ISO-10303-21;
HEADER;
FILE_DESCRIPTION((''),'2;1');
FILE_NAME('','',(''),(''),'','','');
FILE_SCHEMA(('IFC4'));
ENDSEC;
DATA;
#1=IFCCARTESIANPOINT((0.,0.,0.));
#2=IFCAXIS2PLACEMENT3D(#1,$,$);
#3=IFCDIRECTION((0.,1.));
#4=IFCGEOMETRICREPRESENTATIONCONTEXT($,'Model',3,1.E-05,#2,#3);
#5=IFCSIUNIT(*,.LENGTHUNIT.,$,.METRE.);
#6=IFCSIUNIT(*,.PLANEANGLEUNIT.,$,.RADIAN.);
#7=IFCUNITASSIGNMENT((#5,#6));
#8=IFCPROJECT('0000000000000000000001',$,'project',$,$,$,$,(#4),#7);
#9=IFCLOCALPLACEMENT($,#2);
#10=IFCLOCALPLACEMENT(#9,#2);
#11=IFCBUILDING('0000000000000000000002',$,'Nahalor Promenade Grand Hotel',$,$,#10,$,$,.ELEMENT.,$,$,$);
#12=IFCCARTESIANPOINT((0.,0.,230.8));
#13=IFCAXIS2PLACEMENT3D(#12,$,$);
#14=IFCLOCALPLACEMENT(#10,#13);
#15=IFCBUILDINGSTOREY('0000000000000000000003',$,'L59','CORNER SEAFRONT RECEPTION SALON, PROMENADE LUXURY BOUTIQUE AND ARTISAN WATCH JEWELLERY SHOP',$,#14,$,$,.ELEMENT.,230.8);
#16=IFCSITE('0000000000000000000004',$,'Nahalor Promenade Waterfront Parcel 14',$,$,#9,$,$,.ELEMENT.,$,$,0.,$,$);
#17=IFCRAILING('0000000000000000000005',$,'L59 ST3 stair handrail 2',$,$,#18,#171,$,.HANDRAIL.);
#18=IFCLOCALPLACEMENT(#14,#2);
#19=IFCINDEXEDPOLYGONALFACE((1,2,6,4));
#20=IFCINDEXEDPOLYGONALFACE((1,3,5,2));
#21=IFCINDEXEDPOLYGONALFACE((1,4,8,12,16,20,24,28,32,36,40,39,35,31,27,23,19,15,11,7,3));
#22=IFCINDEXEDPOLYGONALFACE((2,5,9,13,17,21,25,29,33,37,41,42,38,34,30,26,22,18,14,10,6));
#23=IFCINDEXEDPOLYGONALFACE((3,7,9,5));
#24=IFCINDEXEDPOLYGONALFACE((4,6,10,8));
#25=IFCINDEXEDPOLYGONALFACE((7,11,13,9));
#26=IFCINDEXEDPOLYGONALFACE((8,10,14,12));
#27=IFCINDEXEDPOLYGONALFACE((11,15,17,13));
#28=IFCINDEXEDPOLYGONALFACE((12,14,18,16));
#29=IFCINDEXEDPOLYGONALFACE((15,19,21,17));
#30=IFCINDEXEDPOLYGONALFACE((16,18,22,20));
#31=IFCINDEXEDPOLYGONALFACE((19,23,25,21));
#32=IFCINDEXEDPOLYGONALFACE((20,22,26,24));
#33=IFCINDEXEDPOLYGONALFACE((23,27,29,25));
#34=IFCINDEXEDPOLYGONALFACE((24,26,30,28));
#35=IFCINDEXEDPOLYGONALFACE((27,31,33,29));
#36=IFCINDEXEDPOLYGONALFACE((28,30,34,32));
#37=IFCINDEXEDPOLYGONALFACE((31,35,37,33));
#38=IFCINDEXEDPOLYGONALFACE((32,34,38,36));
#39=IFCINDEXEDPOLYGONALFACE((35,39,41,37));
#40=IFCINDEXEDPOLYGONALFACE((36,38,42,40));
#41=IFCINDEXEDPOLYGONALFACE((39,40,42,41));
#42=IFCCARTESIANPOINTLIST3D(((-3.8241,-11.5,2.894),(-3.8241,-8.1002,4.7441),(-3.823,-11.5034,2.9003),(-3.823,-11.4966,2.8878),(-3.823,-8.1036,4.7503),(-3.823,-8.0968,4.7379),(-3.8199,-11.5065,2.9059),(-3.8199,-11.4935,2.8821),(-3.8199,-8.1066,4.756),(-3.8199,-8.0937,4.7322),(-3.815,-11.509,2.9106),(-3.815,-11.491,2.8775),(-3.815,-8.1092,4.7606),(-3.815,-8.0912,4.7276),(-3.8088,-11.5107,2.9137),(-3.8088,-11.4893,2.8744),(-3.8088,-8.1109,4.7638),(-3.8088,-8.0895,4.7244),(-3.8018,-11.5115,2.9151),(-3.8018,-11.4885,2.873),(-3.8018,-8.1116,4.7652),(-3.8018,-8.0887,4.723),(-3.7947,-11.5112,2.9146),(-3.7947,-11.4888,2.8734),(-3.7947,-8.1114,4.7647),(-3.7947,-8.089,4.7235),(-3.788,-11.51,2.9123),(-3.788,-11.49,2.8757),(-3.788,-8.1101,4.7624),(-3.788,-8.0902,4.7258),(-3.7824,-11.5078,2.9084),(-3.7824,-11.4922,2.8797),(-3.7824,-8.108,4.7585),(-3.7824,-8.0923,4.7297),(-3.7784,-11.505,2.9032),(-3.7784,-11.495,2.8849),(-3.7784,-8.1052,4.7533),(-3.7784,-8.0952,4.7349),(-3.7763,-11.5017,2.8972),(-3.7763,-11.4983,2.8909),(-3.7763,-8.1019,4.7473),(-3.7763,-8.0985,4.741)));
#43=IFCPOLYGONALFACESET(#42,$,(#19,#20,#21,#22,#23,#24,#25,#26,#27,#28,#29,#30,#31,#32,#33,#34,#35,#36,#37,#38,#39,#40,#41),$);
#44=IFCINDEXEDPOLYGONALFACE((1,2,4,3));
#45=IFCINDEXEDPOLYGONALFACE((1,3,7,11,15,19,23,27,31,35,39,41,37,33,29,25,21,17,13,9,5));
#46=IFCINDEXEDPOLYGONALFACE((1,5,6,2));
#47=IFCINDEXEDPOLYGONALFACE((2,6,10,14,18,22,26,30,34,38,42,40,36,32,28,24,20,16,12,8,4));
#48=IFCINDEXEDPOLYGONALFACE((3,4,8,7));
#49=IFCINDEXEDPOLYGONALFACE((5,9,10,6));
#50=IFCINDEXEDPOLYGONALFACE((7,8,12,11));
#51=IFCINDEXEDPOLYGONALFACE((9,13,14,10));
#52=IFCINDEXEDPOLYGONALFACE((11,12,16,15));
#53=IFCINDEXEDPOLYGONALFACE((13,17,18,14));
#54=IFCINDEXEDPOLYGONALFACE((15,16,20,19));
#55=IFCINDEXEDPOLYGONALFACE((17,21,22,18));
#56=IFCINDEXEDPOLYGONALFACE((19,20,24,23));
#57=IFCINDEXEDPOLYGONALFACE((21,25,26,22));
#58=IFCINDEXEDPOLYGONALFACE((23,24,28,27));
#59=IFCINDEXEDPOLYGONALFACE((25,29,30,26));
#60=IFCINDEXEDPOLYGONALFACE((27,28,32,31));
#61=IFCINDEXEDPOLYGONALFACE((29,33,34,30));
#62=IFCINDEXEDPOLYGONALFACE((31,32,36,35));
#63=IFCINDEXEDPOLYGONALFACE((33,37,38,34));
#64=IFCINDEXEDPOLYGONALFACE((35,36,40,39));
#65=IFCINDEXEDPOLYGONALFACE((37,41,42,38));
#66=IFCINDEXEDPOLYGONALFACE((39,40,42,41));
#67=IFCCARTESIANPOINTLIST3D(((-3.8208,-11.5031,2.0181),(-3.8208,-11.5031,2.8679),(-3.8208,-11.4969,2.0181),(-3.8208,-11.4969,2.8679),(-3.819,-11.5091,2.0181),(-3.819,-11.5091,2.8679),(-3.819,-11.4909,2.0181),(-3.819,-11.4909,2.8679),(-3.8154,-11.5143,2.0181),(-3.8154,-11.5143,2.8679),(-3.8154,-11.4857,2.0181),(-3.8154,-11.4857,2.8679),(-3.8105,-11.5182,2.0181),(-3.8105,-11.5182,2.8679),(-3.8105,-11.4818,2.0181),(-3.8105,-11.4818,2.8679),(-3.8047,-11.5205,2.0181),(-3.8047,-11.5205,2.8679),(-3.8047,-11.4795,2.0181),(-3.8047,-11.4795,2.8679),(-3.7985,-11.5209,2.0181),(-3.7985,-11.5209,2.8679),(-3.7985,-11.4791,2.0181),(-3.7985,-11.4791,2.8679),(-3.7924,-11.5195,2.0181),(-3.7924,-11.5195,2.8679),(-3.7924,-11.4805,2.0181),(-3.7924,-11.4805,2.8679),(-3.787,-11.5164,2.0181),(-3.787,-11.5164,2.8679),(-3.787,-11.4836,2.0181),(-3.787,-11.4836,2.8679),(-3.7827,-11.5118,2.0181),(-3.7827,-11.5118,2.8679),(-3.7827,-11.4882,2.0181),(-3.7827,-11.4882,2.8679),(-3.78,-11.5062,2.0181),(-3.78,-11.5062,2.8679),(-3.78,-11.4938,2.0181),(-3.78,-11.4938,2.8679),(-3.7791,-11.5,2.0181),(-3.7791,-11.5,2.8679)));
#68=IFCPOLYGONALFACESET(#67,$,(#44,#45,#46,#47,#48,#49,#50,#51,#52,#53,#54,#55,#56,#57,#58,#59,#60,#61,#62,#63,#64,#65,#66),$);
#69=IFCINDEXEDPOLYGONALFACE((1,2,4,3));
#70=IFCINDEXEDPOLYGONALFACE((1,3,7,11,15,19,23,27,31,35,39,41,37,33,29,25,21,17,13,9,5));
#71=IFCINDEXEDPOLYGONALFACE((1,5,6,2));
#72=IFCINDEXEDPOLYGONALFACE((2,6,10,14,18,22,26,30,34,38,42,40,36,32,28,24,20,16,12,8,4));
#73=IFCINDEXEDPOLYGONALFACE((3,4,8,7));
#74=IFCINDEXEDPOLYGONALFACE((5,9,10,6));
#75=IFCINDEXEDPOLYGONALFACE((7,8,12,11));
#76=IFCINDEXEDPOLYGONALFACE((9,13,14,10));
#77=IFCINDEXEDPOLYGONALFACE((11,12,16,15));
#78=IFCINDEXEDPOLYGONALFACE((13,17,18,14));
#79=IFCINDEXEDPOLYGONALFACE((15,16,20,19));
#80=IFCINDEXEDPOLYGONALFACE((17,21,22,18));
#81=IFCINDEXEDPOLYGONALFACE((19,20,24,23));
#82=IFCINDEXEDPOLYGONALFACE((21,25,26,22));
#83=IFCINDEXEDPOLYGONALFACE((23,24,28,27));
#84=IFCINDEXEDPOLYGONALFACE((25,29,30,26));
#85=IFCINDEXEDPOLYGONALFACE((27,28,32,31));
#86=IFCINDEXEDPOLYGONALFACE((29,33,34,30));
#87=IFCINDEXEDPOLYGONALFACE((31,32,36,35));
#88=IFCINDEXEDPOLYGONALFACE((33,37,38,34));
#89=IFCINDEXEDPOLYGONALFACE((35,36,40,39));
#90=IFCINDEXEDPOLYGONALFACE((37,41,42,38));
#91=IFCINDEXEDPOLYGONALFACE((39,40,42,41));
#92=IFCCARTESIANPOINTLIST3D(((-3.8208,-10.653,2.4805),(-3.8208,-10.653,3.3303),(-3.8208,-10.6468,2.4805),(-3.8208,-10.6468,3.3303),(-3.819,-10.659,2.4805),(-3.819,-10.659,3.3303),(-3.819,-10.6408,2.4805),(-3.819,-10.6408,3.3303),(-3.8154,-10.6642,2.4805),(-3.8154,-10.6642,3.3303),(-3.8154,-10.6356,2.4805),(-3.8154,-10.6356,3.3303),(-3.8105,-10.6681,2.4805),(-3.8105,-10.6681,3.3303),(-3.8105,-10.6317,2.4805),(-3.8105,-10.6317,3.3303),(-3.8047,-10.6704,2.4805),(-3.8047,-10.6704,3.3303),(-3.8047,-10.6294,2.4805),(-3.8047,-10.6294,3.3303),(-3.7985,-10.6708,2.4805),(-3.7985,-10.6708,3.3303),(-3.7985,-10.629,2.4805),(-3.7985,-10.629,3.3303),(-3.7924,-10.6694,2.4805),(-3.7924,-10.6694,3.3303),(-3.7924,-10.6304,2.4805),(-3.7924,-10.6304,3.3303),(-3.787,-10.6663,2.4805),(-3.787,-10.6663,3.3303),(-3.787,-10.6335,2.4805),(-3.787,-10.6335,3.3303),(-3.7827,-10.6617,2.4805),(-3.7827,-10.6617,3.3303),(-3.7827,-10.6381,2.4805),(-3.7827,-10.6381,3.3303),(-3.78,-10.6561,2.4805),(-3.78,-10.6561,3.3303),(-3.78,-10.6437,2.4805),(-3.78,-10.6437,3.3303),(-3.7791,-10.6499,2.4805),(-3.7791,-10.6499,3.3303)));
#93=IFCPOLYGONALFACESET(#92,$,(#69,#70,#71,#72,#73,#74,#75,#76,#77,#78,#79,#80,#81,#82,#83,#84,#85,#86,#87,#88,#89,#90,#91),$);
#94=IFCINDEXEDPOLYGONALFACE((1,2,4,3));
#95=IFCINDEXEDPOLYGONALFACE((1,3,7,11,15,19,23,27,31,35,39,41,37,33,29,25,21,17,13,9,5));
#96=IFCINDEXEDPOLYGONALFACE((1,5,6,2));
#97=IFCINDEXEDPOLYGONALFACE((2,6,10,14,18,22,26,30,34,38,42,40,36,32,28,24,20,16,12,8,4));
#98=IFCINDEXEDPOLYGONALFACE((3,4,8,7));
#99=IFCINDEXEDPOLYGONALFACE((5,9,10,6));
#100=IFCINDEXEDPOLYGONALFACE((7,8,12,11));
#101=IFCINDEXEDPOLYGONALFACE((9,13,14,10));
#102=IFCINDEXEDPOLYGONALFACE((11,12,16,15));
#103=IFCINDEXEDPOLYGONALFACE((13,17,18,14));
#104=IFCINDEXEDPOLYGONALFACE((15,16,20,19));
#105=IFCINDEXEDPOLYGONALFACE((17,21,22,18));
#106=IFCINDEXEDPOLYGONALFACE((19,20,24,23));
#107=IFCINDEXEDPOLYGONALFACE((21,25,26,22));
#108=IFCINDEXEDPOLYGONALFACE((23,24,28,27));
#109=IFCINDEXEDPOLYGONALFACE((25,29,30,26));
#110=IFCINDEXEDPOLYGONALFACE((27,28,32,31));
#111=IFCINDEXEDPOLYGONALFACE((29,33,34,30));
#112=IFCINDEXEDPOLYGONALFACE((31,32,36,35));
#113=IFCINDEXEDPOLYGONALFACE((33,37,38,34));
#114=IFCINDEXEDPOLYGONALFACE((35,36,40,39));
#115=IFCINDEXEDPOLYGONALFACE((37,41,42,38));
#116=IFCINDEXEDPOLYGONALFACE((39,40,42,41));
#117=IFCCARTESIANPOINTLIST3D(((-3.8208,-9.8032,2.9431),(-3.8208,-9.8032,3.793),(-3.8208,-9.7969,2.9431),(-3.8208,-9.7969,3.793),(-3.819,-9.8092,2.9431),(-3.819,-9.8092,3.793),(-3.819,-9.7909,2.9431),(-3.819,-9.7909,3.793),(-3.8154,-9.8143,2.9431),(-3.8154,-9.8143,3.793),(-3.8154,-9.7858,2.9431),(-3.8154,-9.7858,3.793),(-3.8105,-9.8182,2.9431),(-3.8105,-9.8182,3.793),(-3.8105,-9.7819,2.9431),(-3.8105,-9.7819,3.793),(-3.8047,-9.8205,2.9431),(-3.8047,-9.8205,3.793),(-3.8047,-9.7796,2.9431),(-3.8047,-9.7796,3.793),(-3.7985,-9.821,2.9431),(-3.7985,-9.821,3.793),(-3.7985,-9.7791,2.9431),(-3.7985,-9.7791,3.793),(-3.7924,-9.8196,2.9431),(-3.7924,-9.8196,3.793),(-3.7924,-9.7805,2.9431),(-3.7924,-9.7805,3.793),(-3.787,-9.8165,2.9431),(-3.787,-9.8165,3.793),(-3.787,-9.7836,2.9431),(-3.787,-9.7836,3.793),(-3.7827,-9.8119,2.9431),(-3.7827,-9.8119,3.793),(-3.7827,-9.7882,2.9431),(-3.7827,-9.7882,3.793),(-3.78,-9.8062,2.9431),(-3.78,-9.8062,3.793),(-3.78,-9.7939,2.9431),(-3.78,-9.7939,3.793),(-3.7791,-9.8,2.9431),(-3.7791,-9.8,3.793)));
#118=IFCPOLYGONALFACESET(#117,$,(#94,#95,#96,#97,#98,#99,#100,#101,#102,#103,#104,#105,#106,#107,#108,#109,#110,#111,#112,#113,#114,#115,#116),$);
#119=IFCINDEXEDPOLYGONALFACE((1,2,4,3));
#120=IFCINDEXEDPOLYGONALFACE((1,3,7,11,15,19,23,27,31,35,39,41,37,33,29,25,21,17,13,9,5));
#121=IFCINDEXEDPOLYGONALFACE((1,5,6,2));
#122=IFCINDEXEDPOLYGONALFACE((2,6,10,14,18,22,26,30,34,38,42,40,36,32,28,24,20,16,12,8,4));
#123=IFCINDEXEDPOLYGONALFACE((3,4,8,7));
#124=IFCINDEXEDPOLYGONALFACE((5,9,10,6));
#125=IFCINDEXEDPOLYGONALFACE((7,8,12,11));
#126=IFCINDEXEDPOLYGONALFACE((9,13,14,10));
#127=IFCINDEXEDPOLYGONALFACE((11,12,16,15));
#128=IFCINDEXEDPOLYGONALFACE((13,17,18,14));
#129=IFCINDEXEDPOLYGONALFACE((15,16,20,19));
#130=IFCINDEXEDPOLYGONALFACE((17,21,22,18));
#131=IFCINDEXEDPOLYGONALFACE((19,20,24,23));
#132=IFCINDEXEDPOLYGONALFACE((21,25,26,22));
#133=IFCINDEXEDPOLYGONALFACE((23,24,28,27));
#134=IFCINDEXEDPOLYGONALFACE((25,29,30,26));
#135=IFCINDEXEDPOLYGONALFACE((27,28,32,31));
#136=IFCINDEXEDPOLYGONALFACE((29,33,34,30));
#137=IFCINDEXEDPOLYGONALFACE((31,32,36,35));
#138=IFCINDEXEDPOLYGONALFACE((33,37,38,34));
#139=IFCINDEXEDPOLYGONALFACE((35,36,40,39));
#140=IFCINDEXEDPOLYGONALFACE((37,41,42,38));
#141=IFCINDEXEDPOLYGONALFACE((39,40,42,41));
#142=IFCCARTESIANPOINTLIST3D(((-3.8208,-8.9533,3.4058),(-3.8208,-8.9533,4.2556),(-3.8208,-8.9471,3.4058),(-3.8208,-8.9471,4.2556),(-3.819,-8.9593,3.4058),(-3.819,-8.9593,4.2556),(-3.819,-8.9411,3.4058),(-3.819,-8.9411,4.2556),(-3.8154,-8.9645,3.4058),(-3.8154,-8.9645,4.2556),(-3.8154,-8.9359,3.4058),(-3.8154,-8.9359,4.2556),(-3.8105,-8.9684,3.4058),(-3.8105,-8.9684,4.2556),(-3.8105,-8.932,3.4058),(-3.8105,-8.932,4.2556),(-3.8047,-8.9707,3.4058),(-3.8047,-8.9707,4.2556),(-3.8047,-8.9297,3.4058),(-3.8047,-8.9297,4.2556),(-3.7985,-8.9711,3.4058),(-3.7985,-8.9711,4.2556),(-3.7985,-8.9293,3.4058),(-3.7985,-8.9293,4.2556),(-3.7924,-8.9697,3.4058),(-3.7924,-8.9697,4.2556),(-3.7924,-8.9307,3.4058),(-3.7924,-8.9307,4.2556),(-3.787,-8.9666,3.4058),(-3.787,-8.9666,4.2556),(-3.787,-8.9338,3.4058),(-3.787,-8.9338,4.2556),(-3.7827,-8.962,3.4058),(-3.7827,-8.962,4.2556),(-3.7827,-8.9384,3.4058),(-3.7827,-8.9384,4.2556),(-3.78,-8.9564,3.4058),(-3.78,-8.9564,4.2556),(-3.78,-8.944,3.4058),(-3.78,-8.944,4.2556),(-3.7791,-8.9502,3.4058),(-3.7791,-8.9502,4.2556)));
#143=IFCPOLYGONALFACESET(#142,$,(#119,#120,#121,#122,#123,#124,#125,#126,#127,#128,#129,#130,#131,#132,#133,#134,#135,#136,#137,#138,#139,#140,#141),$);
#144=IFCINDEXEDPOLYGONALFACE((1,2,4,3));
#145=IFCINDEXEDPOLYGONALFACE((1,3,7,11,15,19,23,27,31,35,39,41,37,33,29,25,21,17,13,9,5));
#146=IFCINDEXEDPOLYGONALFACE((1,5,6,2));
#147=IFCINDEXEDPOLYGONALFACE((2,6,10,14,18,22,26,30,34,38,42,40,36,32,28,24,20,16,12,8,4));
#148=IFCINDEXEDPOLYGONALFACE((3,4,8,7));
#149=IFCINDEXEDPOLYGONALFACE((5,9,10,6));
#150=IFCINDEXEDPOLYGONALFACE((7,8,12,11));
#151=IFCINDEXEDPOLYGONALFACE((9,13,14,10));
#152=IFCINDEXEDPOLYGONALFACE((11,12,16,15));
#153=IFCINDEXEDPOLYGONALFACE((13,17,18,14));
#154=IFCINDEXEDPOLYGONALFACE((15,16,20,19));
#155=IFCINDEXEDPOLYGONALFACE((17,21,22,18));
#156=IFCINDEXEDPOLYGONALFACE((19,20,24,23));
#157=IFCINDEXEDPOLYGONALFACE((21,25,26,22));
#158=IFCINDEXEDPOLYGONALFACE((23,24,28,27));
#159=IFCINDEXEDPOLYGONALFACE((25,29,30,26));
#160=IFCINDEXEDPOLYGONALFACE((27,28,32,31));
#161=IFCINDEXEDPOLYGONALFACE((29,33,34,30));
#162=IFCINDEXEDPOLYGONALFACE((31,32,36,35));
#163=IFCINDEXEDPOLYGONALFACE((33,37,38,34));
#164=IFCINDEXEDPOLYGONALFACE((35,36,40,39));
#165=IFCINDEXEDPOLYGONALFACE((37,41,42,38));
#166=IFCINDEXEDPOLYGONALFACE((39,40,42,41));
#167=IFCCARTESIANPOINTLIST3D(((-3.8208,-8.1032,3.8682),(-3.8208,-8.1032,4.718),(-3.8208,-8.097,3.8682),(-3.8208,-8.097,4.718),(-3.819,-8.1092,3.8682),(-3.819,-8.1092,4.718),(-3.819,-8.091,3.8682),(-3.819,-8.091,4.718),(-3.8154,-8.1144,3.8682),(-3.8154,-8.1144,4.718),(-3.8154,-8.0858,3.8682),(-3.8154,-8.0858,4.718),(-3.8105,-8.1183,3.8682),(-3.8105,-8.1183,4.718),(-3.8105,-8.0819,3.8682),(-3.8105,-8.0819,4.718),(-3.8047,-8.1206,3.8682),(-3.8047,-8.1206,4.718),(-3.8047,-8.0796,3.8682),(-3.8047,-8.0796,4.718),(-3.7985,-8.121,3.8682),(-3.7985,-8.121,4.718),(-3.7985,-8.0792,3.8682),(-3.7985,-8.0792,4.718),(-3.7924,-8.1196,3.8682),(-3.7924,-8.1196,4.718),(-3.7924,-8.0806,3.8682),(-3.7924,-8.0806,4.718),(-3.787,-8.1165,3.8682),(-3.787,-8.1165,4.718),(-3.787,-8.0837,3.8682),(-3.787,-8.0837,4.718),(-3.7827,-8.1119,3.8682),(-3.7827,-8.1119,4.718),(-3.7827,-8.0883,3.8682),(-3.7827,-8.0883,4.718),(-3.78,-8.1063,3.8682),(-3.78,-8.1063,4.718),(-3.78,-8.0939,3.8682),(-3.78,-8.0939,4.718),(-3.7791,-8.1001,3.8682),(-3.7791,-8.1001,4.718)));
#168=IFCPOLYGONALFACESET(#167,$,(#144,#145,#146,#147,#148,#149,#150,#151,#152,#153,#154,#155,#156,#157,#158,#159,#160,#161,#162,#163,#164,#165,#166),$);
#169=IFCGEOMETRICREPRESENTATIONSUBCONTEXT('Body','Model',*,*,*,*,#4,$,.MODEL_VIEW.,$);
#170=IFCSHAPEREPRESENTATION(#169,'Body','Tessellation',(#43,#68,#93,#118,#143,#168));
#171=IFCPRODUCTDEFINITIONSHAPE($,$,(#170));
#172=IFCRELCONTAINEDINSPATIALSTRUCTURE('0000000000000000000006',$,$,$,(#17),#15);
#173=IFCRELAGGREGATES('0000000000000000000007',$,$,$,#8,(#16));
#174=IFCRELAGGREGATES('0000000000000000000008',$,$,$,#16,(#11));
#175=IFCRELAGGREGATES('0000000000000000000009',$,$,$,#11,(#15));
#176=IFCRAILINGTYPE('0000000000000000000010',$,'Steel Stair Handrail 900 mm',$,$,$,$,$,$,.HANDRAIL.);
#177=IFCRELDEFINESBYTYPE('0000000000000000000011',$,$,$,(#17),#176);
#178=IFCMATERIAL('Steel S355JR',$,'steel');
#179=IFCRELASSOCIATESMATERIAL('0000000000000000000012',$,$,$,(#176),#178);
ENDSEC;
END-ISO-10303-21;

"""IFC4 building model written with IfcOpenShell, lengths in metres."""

from ifc_helpers import new_model, si_unit, direction, frame, origin, origin_2d, place, context, subcontext, project, spatial, circle, extrude, material, type_object, element, save


model = new_model("IFC4")

# Units and contexts
model_context = context("Model", 3, precision=1e-05, world=origin(), true_north=direction((0.0, 1.0)))
body_context = subcontext(model_context, "Body", "Model", "MODEL_VIEW")
ifc_project = project(units=[si_unit("LENGTHUNIT", "METRE"), si_unit("PLANEANGLEUNIT", "RADIAN")], contexts=[model_context])

# Site, building, storey
site_placement = place(None, origin())
site = spatial("IfcSite", under=ifc_project, at=site_placement, Name="Nahalor Promenade Waterfront Parcel 14", CompositionType="ELEMENT", RefElevation=0.0)
building_placement = place(site_placement, origin())
building = spatial("IfcBuilding", under=site, at=building_placement, Name="Nahalor Promenade Grand Hotel", CompositionType="ELEMENT")
storey_placement = place(building_placement, frame((0.0, 0.0, 230.8)))
storey = spatial("IfcBuildingStorey", under=building, at=storey_placement, Name="L59", Description="CORNER SEAFRONT RECEPTION SALON, PROMENADE LUXURY BOUTIQUE AND ARTISAN WATCH JEWELLERY SHOP", CompositionType="ELEMENT", Elevation=230.8)

# Shared definitions
ifc_material_1 = material(Name="Steel S355JR", Category="steel")

# Railing
railing_type_1 = type_object("IfcRailingType", Name="Steel Stair Handrail 900 mm", PredefinedType="HANDRAIL", material=ifc_material_1)
railing_1_placement = place(storey_placement, frame((-3.8, -11.5, 2.0181)))
element("IfcRailing", 1, at=railing_1_placement, inside=storey, type_object=railing_type_1, Name="L59 ST3 stair handrail 2", PredefinedType="HANDRAIL", context=body_context, shape_type="SweptSolid", body=[
    extrude(circle(Radius=0.024, at=origin_2d()), frame((0.0, 0.0, 0.876), z_axis=(0.0, 0.878372, 0.477977), x_axis=(-1.0, 0.0, 0.0)), (0.0, 0.0, 1.0), 3.8706),
    extrude(circle(Radius=0.021, at=origin_2d()), origin(), (0.0, 0.0, 1.0), 0.8499),
    extrude(circle(Radius=0.021, at=origin_2d()), frame((0.0, 0.8501, 0.4624)), (0.0, 0.0, 1.0), 0.8499),
    extrude(circle(Radius=0.021, at=origin_2d()), frame((0.0, 1.7, 0.925)), (0.0, 0.0, 1.0), 0.8499),
    extrude(circle(Radius=0.021, at=origin_2d()), frame((0.0, 2.5498, 1.3877)), (0.0, 0.0, 1.0), 0.8499),
    extrude(circle(Radius=0.021, at=origin_2d()), frame((0.0, 3.3999, 1.8501)), (0.0, 0.0, 1.0), 0.8499),
])

save(model, "model.ifc")
